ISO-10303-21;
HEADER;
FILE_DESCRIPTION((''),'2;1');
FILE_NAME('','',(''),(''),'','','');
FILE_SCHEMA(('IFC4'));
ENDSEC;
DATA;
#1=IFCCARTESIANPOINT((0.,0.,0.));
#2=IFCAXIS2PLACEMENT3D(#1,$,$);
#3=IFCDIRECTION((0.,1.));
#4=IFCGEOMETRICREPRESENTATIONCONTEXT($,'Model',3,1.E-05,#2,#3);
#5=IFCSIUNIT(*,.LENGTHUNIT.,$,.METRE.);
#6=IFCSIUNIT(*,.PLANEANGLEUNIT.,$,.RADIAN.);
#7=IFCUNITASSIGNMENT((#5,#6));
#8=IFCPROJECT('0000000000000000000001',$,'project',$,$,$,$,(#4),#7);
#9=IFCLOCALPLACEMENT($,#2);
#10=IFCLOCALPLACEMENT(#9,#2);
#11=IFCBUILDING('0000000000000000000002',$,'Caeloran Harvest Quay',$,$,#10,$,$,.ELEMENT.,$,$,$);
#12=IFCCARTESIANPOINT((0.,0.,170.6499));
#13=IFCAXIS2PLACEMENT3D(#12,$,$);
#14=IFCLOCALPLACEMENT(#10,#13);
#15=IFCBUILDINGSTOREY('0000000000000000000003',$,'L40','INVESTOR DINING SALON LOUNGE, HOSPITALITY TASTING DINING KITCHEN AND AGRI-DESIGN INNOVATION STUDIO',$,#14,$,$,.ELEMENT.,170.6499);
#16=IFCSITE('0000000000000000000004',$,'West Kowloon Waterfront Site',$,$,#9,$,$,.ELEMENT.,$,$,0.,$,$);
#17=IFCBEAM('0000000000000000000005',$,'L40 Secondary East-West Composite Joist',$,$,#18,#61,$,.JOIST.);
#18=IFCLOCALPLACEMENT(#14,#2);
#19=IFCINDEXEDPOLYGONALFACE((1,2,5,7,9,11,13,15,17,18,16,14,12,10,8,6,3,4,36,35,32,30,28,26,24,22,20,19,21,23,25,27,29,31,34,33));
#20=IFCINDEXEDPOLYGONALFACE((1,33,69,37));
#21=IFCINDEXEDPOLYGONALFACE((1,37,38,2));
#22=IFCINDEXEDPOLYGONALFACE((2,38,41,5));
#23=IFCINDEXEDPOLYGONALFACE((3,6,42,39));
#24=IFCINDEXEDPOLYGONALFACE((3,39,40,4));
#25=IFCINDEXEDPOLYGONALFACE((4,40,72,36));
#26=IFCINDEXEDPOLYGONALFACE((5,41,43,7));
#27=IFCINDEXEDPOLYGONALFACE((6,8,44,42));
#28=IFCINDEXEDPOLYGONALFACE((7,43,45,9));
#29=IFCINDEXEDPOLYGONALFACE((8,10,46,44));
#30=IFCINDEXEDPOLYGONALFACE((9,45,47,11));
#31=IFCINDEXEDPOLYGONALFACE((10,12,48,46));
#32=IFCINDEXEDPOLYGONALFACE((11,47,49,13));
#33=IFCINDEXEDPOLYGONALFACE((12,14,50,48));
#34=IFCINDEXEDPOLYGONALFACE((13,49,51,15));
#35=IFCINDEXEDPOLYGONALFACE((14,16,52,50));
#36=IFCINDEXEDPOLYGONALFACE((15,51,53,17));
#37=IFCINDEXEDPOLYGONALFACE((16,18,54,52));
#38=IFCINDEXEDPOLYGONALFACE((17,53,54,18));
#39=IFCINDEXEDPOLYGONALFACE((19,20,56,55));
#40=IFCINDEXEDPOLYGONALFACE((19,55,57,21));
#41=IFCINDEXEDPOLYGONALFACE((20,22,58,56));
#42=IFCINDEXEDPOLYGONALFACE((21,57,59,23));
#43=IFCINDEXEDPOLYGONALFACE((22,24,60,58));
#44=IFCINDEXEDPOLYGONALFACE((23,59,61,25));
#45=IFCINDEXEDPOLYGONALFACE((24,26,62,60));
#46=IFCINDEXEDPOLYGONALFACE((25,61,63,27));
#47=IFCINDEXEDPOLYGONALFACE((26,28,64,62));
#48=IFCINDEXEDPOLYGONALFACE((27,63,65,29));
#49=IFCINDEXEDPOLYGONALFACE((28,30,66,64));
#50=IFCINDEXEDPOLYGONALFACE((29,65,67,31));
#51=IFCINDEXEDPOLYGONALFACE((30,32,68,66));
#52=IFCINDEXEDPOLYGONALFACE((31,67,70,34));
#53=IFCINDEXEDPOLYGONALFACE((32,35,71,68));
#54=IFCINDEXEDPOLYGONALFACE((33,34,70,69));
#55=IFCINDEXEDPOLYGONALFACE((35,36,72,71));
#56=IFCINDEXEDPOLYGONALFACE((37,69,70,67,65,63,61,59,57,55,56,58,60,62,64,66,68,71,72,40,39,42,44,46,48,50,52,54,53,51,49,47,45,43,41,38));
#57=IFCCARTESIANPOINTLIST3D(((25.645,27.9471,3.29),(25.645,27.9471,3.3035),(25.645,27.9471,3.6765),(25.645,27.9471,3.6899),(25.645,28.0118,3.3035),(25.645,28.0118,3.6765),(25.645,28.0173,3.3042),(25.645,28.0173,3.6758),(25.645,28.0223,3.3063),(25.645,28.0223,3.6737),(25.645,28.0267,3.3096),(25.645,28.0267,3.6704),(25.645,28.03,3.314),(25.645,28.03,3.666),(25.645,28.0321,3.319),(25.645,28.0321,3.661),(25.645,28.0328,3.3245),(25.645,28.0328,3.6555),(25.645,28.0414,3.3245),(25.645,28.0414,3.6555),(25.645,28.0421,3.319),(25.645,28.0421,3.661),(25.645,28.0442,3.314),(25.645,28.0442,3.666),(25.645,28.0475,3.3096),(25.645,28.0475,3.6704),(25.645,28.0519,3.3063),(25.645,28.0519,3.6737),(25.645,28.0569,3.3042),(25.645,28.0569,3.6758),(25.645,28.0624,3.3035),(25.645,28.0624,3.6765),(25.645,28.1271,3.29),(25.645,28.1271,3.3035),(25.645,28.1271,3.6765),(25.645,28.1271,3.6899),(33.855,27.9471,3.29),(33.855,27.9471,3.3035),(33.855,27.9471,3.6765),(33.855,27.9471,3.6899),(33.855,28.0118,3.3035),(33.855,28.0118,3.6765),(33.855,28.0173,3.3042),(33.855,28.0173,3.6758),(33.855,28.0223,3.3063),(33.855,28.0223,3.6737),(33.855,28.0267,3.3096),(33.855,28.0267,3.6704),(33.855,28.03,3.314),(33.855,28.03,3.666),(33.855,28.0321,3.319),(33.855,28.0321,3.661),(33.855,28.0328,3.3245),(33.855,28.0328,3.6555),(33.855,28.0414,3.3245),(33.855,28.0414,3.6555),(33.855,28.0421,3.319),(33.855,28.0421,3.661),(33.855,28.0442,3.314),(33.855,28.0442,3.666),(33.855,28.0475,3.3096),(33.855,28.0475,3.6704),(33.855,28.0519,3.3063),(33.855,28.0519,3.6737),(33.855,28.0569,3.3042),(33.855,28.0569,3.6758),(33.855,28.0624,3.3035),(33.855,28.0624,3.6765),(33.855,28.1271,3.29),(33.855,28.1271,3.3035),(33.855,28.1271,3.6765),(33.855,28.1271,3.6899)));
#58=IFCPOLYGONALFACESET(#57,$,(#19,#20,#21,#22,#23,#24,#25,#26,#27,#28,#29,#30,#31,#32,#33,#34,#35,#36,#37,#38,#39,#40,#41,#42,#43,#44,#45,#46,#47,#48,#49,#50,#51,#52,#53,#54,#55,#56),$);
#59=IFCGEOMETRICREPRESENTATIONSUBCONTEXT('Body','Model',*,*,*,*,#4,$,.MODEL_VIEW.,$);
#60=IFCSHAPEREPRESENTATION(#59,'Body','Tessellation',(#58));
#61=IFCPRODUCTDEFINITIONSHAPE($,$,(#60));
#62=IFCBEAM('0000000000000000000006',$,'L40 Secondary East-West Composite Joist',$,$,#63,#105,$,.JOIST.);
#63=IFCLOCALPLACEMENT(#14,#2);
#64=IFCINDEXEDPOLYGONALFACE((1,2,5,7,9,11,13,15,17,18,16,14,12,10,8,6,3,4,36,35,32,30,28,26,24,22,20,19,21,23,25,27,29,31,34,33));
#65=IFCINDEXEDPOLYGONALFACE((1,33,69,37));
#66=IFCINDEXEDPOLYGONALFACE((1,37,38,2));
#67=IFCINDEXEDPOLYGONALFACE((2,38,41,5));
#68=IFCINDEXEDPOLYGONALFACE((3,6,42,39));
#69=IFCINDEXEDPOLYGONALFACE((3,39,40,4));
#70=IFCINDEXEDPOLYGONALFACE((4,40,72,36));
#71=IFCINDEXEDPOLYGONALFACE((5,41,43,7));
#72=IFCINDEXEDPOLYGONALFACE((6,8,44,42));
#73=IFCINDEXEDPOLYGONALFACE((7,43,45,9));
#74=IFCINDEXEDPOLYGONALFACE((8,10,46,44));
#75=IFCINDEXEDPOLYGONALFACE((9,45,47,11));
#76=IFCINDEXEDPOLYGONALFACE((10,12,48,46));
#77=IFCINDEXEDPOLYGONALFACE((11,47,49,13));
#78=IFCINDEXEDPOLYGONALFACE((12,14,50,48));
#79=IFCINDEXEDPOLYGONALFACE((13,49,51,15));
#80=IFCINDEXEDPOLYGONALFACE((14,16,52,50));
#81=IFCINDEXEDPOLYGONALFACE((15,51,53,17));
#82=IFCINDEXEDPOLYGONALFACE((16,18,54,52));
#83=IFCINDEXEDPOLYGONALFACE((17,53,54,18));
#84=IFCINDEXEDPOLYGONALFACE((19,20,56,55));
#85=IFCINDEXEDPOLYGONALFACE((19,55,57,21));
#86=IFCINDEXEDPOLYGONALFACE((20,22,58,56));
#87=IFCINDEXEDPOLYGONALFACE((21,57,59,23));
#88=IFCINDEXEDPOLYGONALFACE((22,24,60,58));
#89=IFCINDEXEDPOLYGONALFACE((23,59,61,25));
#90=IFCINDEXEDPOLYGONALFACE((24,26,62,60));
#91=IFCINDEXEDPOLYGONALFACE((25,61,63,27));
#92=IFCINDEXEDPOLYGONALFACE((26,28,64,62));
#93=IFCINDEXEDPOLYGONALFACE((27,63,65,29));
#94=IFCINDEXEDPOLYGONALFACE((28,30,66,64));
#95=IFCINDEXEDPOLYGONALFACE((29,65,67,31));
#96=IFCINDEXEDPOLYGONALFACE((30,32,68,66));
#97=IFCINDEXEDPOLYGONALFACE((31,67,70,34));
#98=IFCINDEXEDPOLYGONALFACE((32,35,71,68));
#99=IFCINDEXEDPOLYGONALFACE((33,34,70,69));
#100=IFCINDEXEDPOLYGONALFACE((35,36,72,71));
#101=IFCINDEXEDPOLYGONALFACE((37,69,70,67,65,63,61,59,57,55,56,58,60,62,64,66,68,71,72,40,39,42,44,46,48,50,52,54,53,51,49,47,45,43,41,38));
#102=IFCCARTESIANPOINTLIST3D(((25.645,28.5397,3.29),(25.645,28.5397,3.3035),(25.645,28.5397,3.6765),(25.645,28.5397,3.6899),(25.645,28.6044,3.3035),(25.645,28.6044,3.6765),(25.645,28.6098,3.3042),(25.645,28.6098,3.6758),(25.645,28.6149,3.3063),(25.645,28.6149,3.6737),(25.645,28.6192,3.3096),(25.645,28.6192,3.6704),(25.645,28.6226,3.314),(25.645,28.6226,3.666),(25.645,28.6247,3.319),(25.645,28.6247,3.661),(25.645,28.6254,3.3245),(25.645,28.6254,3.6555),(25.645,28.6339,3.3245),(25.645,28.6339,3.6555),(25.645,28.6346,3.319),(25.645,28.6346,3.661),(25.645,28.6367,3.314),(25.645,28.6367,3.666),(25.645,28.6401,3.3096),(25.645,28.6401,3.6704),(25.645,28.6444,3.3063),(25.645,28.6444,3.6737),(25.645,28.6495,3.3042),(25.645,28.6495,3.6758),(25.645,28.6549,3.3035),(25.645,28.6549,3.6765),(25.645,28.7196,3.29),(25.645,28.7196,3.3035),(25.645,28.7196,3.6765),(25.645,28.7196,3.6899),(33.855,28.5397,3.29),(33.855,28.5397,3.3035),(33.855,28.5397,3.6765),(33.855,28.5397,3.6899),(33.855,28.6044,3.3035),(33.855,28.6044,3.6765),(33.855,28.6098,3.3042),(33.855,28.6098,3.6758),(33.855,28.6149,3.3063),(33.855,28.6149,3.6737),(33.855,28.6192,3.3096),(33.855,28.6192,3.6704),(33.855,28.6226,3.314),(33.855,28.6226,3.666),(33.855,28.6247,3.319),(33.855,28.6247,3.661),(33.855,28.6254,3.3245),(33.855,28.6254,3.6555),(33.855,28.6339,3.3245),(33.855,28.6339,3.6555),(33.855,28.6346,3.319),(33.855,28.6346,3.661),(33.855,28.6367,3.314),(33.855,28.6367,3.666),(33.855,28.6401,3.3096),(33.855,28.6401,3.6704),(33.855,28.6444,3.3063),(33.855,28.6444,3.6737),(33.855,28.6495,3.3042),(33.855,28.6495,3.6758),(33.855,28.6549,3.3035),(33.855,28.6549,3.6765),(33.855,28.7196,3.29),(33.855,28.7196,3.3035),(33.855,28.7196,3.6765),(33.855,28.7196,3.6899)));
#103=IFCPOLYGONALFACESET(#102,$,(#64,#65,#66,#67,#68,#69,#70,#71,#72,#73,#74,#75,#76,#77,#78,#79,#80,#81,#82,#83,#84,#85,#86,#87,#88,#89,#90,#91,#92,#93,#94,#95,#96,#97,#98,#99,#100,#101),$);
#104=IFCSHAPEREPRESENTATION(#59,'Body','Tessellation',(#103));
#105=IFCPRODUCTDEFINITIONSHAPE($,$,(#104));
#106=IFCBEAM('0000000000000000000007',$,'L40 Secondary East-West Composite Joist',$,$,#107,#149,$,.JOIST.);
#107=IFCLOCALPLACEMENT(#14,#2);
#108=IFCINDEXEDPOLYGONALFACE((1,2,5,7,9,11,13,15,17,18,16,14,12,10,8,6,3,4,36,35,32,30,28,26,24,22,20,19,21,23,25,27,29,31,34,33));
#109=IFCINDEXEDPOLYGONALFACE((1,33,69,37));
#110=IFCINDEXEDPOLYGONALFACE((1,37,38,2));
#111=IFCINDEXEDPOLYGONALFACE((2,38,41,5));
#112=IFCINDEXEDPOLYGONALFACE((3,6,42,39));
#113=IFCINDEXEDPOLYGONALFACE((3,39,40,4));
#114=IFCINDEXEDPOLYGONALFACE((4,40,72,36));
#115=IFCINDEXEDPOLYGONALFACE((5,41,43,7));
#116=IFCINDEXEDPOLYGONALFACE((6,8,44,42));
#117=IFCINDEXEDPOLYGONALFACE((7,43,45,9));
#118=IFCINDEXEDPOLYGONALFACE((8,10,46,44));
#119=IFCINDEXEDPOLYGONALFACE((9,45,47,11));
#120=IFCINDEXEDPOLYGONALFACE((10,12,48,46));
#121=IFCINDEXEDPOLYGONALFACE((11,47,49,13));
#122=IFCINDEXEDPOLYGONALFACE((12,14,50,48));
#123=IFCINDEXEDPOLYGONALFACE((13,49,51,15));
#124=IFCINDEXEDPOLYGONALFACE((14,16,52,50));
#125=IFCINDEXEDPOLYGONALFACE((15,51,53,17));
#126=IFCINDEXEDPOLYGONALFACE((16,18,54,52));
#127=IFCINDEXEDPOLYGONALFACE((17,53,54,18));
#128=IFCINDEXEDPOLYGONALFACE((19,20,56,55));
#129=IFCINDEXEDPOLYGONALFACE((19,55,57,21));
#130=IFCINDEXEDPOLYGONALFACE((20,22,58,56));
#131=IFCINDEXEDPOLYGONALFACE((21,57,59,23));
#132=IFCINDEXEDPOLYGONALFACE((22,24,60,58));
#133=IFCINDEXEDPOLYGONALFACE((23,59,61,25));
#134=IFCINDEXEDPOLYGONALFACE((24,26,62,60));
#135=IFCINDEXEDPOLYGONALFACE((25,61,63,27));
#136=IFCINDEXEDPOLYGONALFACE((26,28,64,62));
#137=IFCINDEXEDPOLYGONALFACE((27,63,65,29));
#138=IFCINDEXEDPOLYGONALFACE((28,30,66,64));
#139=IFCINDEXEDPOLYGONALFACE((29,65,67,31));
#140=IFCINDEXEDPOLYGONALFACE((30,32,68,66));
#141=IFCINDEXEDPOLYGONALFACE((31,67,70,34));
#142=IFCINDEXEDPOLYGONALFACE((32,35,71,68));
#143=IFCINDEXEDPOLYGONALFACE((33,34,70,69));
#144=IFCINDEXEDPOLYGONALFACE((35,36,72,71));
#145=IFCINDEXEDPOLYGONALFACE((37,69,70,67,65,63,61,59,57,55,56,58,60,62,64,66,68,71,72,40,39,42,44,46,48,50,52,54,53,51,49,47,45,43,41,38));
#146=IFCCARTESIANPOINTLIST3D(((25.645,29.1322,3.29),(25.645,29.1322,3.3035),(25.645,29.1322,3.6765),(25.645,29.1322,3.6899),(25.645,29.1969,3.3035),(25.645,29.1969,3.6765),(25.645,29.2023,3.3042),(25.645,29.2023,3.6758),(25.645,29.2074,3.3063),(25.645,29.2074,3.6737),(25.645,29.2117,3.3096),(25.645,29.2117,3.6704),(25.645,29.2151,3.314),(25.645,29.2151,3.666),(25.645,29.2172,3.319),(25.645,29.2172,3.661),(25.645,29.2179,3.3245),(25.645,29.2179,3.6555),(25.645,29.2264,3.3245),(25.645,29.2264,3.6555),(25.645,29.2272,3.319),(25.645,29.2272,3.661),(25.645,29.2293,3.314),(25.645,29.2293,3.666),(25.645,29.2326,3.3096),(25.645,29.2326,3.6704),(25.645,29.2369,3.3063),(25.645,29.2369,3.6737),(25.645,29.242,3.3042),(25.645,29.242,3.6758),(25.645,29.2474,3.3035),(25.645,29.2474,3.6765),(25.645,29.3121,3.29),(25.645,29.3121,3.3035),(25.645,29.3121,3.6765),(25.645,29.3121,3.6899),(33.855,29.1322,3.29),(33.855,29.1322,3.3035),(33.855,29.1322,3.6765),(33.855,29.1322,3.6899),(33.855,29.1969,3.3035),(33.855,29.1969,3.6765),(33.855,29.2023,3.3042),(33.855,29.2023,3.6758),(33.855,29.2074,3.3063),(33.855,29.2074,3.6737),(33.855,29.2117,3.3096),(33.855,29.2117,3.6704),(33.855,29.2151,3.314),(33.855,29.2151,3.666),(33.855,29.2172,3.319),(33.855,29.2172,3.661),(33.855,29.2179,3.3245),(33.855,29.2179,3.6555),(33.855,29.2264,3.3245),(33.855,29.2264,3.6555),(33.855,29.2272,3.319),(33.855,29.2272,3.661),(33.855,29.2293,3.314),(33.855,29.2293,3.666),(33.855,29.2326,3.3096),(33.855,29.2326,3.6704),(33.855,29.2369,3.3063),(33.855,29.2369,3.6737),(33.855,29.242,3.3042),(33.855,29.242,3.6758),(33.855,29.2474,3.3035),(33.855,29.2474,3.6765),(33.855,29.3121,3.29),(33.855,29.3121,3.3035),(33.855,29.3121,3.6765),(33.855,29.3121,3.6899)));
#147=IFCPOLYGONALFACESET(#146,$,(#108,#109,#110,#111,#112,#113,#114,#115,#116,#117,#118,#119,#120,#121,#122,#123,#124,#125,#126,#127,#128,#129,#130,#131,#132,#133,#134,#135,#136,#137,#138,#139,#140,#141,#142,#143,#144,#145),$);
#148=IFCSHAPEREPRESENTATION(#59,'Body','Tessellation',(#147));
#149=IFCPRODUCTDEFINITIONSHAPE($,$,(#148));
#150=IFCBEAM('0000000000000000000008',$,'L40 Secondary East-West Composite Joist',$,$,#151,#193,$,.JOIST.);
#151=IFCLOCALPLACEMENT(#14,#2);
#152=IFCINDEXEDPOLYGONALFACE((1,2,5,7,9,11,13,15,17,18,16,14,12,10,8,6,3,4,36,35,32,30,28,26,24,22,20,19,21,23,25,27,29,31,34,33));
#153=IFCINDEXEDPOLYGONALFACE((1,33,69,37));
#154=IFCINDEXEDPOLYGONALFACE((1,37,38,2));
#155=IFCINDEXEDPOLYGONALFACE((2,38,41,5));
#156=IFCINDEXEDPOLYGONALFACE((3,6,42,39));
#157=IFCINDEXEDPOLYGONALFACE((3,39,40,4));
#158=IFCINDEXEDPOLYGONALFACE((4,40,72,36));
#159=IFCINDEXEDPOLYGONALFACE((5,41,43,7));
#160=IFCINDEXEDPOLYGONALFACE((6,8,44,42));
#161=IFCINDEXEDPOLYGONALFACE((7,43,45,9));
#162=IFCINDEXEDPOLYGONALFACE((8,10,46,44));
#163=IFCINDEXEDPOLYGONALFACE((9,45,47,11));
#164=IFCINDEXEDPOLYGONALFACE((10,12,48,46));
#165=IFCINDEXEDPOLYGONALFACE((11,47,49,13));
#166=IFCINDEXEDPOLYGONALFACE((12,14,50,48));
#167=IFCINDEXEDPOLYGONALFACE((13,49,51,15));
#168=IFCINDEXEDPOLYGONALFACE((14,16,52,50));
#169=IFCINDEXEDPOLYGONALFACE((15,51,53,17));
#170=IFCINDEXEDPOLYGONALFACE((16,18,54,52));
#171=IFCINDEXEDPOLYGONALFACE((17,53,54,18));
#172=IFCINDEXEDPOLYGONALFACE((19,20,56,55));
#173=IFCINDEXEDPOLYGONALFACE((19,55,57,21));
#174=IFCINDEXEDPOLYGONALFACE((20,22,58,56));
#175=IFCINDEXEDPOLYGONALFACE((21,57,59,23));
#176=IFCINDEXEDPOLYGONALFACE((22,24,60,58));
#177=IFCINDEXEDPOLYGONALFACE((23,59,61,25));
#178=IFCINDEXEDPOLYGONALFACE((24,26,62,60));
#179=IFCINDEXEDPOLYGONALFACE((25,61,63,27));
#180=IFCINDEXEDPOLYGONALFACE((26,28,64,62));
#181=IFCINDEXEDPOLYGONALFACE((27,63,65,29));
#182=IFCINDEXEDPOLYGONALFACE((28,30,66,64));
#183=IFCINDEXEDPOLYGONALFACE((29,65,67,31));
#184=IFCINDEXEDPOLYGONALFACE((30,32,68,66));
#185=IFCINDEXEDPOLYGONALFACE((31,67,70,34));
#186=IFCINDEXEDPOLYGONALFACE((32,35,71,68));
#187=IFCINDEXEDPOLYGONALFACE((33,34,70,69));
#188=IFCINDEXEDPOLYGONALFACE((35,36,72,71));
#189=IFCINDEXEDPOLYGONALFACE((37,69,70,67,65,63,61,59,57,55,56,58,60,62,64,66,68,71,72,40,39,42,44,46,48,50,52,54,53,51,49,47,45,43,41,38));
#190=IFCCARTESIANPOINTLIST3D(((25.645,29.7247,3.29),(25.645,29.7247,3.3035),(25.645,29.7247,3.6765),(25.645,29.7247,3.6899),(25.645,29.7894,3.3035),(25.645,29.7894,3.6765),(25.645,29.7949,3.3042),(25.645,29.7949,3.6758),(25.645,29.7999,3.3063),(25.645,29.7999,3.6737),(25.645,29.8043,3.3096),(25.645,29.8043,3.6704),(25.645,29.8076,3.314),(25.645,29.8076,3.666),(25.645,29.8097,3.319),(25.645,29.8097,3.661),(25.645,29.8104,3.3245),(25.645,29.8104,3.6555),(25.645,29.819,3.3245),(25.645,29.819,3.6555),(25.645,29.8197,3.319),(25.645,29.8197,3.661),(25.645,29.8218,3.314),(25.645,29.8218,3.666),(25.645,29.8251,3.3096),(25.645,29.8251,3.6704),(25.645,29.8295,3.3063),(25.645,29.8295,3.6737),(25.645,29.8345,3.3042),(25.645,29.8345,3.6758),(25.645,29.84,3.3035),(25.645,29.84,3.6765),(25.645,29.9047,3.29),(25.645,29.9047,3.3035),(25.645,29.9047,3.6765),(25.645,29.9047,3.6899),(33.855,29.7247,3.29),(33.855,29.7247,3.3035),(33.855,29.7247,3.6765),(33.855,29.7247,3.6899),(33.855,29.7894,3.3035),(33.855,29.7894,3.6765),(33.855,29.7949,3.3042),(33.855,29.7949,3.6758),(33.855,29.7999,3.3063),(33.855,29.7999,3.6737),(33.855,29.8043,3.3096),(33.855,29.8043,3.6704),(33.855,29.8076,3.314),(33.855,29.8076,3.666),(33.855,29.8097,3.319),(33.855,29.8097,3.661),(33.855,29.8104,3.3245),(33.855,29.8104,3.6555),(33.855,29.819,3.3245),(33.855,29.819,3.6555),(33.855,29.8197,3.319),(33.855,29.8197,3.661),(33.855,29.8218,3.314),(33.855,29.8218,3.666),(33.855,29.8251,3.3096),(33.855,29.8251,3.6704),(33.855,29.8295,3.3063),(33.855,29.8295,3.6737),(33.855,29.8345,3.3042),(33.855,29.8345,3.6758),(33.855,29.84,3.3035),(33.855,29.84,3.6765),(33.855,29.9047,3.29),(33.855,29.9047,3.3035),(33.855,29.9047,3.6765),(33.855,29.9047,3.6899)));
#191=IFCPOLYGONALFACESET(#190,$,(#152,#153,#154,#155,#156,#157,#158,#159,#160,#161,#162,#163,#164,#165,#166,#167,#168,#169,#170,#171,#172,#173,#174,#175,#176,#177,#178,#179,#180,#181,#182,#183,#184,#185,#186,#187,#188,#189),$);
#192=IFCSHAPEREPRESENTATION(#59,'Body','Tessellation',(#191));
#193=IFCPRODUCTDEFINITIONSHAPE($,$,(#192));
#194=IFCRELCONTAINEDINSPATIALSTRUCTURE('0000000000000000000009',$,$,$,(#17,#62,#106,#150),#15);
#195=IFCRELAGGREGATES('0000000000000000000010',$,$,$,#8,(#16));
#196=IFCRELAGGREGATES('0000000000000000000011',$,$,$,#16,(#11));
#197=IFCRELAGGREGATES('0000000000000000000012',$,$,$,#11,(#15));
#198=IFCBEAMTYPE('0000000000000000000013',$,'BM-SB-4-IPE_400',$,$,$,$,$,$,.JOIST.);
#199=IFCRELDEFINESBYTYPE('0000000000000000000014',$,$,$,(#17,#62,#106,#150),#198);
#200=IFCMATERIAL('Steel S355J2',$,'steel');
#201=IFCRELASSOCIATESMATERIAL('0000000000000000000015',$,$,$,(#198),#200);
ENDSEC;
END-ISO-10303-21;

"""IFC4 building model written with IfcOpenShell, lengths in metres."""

from ifc_helpers import new_model, si_unit, direction, frame, origin, origin_2d, place, context, subcontext, project, spatial, i_section, extrude, material, material_profile, profile_set, type_object, element, save


model = new_model("IFC4")

# Units and contexts
model_context = context("Model", 3, precision=1e-05, world=origin(), true_north=direction((0.0, 1.0)))
body_context = subcontext(model_context, "Body", "Model", "MODEL_VIEW")
ifc_project = project(units=[si_unit("LENGTHUNIT", "METRE"), si_unit("PLANEANGLEUNIT", "RADIAN")], contexts=[model_context])

# Site, building, storey
site_placement = place(None, origin())
site = spatial("IfcSite", under=ifc_project, at=site_placement, Name="West Kowloon Waterfront Site", CompositionType="ELEMENT", RefElevation=0.0)
building_placement = place(site_placement, origin())
building = spatial("IfcBuilding", under=site, at=building_placement, Name="Caeloran Harvest Quay", CompositionType="ELEMENT")
storey_placement = place(building_placement, frame((0.0, 0.0, 170.6499)))
storey = spatial("IfcBuildingStorey", under=building, at=storey_placement, Name="L40", Description="INVESTOR DINING SALON LOUNGE, HOSPITALITY TASTING DINING KITCHEN AND AGRI-DESIGN INNOVATION STUDIO", CompositionType="ELEMENT", Elevation=170.6499)

# Beams
ifc_material_1 = material(Name="Steel S355J2", Category="steel")
ifc_material_profile_1 = material_profile(ifc_material_1, i_section(OverallWidth=0.1799, OverallDepth=0.3999, WebThickness=0.0085, FlangeThickness=0.0134, FilletRadius=0.021, at=origin_2d()), Name="IPE 400")
ifc_profile_set_1 = profile_set([ifc_material_profile_1], Name="Steel S355J2")
beam_type_1 = type_object("IfcBeamType", Name="BM-SB-4-IPE_400", PredefinedType="JOIST", material=ifc_profile_set_1)
for number, where, z_axis, x_axis, name in (
    (1, (25.645, 28.0371, 3.49), (1.0, 0.0, 0.0), (0.0, 1.0, 0.0), "L40 Secondary East-West Composite Joist"),
    (2, (25.645, 28.6296, 3.49), (1.0, 0.0, 0.0), (0.0, 1.0, 0.0), "L40 Secondary East-West Composite Joist"),
    (3, (25.645, 29.2222, 3.49), (1.0, 0.0, 0.0), (0.0, 1.0, 0.0), "L40 Secondary East-West Composite Joist"),
    (4, (25.645, 29.8147, 3.49), (1.0, 0.0, 0.0), (0.0, 1.0, 0.0), "L40 Secondary East-West Composite Joist"),
):
    element("IfcBeam", number, at=place(storey_placement, frame(where, z_axis=z_axis, x_axis=x_axis)), inside=storey, type_object=beam_type_1, Name=name, PredefinedType="JOIST", context=body_context, shape_type="SweptSolid", body=[
        extrude(i_section(OverallWidth=0.1799, OverallDepth=0.3999, WebThickness=0.0085, FlangeThickness=0.0134, FilletRadius=0.021, at=origin_2d()), origin(), (0.0, 0.0, 1.0), 8.21),
    ])

save(model, "model.ifc")
